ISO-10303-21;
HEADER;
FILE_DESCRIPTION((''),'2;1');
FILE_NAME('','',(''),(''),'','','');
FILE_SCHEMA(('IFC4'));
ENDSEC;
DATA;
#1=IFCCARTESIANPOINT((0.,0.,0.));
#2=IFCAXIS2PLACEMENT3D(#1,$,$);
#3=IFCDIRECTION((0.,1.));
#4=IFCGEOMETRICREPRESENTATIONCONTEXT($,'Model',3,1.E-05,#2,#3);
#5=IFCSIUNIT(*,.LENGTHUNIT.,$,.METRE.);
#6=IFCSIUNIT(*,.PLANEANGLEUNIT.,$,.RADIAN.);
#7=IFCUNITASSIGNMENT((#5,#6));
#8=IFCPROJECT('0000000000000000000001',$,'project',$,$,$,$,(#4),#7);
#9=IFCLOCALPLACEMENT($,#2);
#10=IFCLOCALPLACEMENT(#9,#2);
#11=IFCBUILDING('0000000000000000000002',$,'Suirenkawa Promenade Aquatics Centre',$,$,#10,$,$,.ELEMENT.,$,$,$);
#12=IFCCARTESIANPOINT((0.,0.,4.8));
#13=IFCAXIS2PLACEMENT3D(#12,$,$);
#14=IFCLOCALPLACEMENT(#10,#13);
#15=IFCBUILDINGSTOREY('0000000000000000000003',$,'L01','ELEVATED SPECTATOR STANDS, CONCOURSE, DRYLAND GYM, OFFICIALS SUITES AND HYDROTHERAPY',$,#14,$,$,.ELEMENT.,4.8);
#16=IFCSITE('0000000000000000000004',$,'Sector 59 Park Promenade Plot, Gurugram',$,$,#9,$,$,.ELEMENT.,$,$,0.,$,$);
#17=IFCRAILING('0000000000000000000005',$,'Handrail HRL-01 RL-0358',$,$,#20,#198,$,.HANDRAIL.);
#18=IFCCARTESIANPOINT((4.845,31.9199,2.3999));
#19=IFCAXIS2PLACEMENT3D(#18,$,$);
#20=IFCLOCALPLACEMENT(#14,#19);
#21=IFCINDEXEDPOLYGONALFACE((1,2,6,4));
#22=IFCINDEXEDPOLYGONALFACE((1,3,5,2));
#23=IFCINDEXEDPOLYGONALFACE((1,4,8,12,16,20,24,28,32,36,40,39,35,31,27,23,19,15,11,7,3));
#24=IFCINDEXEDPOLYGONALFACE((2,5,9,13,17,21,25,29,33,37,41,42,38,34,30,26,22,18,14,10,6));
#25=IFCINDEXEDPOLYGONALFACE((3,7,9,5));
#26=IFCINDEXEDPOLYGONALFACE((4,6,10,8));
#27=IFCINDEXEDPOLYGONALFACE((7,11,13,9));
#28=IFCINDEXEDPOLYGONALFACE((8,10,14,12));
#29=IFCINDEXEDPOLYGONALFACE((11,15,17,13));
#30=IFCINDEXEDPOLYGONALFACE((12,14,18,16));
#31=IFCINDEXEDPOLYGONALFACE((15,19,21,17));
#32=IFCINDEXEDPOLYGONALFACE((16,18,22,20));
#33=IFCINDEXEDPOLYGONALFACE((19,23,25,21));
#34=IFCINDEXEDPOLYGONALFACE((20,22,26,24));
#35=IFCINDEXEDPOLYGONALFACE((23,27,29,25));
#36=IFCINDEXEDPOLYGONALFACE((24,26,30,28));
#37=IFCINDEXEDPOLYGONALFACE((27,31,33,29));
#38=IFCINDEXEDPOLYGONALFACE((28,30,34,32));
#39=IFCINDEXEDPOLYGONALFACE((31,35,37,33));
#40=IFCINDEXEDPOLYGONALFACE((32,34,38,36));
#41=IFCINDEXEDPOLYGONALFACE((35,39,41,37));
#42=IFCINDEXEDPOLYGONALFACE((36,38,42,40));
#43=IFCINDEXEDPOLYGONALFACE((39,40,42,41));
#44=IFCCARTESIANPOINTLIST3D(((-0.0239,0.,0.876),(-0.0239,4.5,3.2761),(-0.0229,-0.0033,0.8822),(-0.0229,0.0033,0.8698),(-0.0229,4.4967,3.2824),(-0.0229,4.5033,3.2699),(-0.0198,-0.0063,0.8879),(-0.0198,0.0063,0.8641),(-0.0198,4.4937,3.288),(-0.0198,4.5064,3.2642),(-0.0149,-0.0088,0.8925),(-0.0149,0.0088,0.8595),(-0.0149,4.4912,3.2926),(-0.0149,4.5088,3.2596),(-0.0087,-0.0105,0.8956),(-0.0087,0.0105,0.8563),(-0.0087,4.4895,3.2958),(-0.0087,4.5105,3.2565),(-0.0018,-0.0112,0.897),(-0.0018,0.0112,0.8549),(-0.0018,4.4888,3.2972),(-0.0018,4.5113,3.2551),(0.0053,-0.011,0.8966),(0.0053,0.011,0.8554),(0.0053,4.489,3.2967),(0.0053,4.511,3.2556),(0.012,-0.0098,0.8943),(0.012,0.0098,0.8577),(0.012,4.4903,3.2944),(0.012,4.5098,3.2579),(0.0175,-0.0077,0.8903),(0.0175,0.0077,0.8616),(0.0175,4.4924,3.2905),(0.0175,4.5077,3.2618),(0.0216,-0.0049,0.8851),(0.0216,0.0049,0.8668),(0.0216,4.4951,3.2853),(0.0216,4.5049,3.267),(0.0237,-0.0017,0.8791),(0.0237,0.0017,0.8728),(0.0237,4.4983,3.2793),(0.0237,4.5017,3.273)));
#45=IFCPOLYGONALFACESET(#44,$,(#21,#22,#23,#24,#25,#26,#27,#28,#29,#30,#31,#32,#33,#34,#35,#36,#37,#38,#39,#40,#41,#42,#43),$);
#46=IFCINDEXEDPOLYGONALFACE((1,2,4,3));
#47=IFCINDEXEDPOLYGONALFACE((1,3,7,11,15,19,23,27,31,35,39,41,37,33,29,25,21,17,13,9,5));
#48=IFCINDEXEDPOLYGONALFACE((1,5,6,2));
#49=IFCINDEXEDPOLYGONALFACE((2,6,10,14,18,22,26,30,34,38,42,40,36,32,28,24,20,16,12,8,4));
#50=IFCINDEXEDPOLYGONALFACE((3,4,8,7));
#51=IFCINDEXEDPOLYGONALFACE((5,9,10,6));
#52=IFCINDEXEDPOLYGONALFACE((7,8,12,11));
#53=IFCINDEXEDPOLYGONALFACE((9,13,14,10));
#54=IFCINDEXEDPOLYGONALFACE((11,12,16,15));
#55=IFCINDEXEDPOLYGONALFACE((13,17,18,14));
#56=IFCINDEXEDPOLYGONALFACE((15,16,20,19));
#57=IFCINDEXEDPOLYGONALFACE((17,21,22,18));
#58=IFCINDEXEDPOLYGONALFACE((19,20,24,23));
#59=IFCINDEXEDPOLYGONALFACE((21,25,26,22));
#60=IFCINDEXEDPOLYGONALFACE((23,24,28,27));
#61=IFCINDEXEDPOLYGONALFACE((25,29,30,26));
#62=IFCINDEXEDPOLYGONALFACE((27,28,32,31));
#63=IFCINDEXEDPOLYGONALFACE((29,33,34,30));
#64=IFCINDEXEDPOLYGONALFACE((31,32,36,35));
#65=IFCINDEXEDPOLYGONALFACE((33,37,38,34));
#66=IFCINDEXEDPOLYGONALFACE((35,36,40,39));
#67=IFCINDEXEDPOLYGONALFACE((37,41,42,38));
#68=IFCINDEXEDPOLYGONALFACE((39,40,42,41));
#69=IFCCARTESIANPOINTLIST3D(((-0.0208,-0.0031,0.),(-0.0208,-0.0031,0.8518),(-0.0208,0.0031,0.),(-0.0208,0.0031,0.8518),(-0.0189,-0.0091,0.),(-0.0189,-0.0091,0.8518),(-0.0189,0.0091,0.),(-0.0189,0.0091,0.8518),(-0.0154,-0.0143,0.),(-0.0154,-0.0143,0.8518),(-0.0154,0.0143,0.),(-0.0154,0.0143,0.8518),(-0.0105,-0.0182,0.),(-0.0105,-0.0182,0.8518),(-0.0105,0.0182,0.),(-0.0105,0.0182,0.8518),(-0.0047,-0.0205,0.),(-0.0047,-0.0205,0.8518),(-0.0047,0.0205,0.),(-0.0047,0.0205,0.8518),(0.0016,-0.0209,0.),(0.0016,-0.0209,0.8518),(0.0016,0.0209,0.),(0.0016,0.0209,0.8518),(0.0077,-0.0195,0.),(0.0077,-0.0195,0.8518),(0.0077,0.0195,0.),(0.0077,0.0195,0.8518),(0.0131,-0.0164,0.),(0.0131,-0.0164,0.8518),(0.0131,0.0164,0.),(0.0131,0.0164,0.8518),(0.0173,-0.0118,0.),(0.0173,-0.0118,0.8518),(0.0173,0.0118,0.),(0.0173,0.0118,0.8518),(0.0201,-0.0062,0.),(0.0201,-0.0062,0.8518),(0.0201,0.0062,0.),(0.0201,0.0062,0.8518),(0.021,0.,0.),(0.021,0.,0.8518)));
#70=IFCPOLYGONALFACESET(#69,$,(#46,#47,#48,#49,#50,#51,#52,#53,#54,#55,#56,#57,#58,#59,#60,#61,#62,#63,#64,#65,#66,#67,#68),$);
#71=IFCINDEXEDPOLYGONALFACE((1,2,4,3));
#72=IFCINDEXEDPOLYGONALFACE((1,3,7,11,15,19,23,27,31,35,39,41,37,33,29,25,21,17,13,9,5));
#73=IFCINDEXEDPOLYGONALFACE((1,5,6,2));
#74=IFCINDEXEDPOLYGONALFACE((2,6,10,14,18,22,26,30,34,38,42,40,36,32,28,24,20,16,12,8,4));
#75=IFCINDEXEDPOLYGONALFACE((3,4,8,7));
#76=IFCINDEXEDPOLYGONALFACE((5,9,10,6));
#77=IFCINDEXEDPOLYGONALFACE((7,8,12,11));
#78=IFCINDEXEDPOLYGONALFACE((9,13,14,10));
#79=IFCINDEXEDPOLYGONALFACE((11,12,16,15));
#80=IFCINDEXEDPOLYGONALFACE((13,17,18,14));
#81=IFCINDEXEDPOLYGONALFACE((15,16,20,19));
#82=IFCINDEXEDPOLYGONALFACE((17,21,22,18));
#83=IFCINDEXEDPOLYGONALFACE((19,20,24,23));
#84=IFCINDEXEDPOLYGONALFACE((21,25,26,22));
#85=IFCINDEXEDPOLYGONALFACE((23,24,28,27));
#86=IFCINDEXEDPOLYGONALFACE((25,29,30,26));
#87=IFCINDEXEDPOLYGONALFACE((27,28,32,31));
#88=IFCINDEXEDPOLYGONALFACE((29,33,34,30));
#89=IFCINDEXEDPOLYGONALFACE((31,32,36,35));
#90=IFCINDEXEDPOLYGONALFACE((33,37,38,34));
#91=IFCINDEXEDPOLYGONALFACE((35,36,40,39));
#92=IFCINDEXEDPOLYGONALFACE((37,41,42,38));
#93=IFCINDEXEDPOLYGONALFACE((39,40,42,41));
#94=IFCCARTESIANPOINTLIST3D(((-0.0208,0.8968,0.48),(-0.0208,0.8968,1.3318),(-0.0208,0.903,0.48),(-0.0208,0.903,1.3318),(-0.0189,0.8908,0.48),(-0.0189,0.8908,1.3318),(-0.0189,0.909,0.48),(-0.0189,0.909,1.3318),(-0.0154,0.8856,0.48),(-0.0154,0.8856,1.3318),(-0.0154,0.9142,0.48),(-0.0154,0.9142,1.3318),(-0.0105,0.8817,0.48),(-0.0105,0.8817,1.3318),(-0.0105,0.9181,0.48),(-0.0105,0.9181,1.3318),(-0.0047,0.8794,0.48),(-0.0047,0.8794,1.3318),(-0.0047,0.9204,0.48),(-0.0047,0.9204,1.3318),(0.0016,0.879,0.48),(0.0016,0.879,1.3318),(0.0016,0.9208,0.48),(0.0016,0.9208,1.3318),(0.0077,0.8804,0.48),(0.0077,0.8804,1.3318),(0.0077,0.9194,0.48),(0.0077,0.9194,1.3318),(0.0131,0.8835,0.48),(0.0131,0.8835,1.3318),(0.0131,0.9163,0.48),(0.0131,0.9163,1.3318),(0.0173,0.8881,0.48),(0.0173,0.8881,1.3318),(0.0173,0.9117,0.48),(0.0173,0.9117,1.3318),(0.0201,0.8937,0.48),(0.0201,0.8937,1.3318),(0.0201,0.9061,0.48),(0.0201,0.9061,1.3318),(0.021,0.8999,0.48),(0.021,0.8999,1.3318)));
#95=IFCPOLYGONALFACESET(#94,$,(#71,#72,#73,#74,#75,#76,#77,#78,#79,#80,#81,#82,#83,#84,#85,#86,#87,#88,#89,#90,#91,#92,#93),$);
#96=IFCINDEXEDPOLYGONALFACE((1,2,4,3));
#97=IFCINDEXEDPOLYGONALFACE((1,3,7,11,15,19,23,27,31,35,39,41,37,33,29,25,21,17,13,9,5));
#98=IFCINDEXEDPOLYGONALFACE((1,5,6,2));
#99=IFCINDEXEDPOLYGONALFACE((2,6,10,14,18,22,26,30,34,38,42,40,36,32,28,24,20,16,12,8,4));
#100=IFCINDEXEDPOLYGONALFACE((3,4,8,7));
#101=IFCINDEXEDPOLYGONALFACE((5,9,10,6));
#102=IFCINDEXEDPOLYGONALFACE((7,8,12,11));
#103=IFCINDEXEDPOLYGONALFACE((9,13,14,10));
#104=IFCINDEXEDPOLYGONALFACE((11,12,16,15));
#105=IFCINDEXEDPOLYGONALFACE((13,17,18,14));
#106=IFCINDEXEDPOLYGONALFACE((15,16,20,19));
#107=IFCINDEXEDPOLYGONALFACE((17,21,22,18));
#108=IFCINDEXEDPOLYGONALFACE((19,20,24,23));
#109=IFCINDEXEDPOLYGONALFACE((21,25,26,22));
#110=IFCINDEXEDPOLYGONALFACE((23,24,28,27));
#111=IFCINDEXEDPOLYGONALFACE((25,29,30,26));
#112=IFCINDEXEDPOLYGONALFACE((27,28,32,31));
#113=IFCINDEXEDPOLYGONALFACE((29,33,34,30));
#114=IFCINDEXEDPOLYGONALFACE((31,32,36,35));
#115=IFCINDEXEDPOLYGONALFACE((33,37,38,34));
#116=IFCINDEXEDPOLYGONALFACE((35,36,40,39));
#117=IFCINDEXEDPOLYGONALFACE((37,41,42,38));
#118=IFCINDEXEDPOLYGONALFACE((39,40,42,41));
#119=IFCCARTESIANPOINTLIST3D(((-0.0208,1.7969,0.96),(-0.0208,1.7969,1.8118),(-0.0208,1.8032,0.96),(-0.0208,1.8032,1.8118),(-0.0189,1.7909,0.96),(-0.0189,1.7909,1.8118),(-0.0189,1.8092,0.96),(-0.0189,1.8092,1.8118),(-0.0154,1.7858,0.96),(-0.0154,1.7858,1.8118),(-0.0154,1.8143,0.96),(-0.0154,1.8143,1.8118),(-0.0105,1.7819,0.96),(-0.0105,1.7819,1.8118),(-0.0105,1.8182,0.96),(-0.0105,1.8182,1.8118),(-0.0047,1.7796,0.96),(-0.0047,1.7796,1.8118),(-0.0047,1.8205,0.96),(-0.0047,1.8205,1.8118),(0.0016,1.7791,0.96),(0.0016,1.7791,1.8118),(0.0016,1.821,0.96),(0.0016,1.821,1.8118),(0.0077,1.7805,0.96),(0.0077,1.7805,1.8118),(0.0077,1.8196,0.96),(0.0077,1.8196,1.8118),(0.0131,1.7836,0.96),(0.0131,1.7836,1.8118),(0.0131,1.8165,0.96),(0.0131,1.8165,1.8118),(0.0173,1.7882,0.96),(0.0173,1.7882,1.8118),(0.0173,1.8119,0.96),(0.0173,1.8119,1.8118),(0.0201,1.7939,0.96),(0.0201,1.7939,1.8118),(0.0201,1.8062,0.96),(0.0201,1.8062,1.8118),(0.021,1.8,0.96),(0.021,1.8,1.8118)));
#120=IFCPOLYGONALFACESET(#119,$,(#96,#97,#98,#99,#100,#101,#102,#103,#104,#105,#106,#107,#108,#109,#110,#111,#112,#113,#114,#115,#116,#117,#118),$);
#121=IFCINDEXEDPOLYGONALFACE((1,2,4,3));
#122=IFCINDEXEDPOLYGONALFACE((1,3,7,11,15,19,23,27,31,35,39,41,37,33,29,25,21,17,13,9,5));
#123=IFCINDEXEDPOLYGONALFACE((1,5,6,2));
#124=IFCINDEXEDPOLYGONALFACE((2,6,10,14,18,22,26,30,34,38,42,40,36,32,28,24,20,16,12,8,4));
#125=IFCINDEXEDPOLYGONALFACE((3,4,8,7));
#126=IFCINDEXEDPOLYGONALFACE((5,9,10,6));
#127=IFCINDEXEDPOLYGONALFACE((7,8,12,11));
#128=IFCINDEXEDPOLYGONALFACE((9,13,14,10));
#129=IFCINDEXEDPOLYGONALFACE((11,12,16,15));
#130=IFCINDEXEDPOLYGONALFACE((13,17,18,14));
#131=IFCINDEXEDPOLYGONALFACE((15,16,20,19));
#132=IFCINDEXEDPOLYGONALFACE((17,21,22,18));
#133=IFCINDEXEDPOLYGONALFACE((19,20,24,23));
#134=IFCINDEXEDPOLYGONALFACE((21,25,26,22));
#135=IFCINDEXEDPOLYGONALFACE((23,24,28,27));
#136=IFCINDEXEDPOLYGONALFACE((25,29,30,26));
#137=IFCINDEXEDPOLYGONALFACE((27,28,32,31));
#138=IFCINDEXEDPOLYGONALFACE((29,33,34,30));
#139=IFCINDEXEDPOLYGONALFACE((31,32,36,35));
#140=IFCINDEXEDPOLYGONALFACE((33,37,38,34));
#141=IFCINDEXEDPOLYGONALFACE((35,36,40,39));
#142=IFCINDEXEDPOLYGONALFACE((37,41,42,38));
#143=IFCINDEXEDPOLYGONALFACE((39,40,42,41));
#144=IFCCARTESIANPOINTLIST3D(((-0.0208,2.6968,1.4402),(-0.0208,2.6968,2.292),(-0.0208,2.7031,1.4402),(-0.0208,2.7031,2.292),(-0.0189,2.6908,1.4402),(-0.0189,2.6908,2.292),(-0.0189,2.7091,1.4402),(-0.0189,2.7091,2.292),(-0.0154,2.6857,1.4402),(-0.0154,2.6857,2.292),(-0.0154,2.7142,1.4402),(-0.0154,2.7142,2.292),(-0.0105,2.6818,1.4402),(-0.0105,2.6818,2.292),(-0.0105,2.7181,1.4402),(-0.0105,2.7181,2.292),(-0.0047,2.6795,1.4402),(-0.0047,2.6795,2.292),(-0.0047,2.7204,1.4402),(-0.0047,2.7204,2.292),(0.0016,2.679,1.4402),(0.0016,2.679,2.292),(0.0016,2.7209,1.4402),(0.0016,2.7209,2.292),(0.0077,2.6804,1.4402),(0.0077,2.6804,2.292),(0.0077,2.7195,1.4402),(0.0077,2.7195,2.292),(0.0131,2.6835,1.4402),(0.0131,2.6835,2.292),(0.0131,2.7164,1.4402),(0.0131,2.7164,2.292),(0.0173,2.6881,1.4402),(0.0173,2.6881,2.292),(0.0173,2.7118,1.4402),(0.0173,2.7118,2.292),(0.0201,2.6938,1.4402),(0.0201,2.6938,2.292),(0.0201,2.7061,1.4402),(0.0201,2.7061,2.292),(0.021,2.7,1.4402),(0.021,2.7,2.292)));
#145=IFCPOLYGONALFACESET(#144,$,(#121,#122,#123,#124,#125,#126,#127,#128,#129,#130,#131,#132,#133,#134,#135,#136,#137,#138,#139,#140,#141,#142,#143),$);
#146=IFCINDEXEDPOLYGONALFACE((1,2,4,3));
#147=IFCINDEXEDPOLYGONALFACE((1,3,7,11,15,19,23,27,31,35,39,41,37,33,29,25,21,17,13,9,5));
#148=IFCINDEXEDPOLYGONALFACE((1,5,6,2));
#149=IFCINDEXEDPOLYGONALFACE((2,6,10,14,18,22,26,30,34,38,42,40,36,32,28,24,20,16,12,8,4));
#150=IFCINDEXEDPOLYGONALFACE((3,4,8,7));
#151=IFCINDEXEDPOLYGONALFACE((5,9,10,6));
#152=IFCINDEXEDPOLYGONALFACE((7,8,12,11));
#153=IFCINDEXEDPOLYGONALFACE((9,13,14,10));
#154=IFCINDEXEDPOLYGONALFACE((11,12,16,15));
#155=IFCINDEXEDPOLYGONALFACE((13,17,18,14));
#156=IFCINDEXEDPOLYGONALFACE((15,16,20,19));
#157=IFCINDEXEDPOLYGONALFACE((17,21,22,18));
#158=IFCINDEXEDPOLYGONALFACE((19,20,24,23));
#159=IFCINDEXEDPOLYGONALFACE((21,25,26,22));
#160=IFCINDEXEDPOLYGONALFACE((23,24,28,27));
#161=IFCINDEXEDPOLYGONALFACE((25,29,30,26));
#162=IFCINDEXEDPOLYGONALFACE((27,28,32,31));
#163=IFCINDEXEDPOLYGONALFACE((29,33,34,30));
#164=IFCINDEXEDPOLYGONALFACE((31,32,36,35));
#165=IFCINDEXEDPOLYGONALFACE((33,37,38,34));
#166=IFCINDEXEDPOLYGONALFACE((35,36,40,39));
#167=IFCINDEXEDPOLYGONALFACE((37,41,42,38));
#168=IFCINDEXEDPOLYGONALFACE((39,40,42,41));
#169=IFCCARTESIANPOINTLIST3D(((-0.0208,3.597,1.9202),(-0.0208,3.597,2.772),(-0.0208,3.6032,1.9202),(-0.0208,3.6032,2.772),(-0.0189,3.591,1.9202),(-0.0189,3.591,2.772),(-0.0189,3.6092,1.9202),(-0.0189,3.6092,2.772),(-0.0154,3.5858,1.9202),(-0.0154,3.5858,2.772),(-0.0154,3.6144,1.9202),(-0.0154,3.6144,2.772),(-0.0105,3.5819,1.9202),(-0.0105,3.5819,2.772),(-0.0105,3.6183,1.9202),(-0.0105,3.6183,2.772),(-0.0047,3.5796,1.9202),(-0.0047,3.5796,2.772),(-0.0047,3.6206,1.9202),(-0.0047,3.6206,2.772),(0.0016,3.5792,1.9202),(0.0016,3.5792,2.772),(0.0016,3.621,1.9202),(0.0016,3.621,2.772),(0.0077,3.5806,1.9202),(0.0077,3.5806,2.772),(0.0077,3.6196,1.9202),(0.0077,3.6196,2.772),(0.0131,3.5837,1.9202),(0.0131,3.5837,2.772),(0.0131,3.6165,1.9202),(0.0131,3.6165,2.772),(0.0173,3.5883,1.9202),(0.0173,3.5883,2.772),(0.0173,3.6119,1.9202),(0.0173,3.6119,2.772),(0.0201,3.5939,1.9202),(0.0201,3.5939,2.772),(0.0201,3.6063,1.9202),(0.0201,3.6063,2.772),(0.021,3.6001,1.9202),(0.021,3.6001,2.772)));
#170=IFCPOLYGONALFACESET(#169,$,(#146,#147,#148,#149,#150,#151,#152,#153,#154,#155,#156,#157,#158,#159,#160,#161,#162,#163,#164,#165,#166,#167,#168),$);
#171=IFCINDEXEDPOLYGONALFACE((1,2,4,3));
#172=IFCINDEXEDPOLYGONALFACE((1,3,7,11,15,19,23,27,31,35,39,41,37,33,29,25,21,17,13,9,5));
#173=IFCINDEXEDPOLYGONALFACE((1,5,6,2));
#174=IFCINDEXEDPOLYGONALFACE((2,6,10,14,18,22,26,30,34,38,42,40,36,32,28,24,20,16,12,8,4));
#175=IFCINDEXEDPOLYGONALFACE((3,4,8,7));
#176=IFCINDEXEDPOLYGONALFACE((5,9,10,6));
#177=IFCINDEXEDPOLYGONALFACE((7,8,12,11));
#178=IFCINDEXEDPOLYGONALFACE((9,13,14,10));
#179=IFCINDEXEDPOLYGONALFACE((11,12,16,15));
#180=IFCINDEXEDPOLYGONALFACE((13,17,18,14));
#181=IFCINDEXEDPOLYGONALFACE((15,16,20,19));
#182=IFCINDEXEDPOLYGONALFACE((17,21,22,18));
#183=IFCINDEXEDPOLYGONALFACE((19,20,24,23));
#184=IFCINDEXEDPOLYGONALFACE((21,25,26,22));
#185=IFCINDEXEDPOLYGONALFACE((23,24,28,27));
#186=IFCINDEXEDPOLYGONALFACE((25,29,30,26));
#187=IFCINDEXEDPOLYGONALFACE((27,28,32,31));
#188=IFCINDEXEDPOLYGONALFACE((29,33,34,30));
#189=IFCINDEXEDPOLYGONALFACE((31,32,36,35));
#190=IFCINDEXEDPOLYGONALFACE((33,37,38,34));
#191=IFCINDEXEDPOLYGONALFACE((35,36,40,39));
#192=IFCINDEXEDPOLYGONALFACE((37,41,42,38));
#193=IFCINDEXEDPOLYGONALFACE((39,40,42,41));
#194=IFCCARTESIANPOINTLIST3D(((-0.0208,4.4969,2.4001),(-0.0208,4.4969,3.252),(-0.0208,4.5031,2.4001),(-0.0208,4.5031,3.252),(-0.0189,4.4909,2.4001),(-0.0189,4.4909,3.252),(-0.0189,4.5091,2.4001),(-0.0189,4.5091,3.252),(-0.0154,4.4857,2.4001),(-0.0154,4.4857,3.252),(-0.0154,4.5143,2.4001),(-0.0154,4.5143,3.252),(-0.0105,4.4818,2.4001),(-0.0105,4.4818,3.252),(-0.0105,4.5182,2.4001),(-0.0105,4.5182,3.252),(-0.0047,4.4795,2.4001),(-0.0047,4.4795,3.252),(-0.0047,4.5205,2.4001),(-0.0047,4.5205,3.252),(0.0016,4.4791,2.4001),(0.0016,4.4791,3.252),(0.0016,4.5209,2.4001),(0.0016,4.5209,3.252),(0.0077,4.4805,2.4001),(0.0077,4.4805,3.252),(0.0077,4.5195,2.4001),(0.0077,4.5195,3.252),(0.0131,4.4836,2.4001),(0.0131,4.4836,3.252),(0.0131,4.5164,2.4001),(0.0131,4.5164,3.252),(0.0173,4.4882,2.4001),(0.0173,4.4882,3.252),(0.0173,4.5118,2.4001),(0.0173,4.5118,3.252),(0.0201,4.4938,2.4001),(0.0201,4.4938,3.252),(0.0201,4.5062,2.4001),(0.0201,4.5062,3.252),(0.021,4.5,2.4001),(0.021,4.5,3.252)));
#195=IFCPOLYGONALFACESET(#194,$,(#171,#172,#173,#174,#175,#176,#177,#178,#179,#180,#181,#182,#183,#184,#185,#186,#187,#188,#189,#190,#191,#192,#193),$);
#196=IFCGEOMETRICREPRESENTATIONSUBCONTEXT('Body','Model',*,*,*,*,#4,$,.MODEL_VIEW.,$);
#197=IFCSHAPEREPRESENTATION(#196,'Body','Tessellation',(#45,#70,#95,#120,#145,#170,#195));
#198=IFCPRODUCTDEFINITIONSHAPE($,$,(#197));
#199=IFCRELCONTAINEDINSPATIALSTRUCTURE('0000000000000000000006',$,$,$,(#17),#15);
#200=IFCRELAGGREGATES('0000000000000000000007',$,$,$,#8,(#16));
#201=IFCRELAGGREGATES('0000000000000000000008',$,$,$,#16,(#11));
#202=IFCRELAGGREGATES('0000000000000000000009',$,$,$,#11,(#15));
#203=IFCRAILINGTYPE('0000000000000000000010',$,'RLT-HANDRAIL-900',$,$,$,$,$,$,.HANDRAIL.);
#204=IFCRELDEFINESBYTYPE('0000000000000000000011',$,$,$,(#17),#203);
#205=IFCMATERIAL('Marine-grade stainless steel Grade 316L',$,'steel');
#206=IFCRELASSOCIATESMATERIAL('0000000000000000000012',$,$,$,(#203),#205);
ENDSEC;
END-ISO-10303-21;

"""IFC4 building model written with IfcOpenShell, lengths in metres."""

from ifc_helpers import new_model, si_unit, direction, frame, origin, origin_2d, place, context, subcontext, project, spatial, circle, extrude, material, type_object, element, save


model = new_model("IFC4")

# Units and contexts
model_context = context("Model", 3, precision=1e-05, world=origin(), true_north=direction((0.0, 1.0)))
body_context = subcontext(model_context, "Body", "Model", "MODEL_VIEW")
ifc_project = project(units=[si_unit("LENGTHUNIT", "METRE"), si_unit("PLANEANGLEUNIT", "RADIAN")], contexts=[model_context])

# Site, building, storey
site_placement = place(None, origin())
site = spatial("IfcSite", under=ifc_project, at=site_placement, Name="Sector 59 Park Promenade Plot, Gurugram", CompositionType="ELEMENT", RefElevation=0.0)
building_placement = place(site_placement, origin())
building = spatial("IfcBuilding", under=site, at=building_placement, Name="Suirenkawa Promenade Aquatics Centre", CompositionType="ELEMENT")
storey_placement = place(building_placement, frame((0.0, 0.0, 4.8)))
storey = spatial("IfcBuildingStorey", under=building, at=storey_placement, Name="L01", Description="ELEVATED SPECTATOR STANDS, CONCOURSE, DRYLAND GYM, OFFICIALS SUITES AND HYDROTHERAPY", CompositionType="ELEMENT", Elevation=4.8)

# Railing
ifc_material_1 = material(Name="Marine-grade stainless steel Grade 316L", Category="steel")
railing_type_1 = type_object("IfcRailingType", Name="RLT-HANDRAIL-900", PredefinedType="HANDRAIL", material=ifc_material_1)
for number, where, name in (
    (1, (4.845, 31.9199, 2.3999), "Handrail HRL-01 RL-0358"),
):
    element("IfcRailing", number, at=place(storey_placement, frame(where)), inside=storey, type_object=railing_type_1, Name=name, PredefinedType="HANDRAIL", context=body_context, shape_type="SweptSolid", body=[
        extrude(circle(Radius=0.0239, at=origin_2d()), frame((0.0, 0.0, 0.876), z_axis=(0.0, 0.882341, 0.470611), x_axis=(-1.0, 0.0, 0.0)), (0.0, 0.0, 1.0), 5.1001),
        extrude(circle(Radius=0.021, at=origin_2d()), origin(), (0.0, 0.0, 1.0), 0.8518),
        extrude(circle(Radius=0.021, at=origin_2d()), frame((0.0, 0.8999, 0.48)), (0.0, 0.0, 1.0), 0.8518),
        extrude(circle(Radius=0.021, at=origin_2d()), frame((0.0, 1.8, 0.96)), (0.0, 0.0, 1.0), 0.8518),
        extrude(circle(Radius=0.021, at=origin_2d()), frame((0.0, 2.7, 1.4402)), (0.0, 0.0, 1.0), 0.8518),
        extrude(circle(Radius=0.021, at=origin_2d()), frame((0.0, 3.6001, 1.9202)), (0.0, 0.0, 1.0), 0.8518),
        extrude(circle(Radius=0.021, at=origin_2d()), frame((0.0, 4.5, 2.4001)), (0.0, 0.0, 1.0), 0.8518),
    ])

save(model, "model.ifc")
